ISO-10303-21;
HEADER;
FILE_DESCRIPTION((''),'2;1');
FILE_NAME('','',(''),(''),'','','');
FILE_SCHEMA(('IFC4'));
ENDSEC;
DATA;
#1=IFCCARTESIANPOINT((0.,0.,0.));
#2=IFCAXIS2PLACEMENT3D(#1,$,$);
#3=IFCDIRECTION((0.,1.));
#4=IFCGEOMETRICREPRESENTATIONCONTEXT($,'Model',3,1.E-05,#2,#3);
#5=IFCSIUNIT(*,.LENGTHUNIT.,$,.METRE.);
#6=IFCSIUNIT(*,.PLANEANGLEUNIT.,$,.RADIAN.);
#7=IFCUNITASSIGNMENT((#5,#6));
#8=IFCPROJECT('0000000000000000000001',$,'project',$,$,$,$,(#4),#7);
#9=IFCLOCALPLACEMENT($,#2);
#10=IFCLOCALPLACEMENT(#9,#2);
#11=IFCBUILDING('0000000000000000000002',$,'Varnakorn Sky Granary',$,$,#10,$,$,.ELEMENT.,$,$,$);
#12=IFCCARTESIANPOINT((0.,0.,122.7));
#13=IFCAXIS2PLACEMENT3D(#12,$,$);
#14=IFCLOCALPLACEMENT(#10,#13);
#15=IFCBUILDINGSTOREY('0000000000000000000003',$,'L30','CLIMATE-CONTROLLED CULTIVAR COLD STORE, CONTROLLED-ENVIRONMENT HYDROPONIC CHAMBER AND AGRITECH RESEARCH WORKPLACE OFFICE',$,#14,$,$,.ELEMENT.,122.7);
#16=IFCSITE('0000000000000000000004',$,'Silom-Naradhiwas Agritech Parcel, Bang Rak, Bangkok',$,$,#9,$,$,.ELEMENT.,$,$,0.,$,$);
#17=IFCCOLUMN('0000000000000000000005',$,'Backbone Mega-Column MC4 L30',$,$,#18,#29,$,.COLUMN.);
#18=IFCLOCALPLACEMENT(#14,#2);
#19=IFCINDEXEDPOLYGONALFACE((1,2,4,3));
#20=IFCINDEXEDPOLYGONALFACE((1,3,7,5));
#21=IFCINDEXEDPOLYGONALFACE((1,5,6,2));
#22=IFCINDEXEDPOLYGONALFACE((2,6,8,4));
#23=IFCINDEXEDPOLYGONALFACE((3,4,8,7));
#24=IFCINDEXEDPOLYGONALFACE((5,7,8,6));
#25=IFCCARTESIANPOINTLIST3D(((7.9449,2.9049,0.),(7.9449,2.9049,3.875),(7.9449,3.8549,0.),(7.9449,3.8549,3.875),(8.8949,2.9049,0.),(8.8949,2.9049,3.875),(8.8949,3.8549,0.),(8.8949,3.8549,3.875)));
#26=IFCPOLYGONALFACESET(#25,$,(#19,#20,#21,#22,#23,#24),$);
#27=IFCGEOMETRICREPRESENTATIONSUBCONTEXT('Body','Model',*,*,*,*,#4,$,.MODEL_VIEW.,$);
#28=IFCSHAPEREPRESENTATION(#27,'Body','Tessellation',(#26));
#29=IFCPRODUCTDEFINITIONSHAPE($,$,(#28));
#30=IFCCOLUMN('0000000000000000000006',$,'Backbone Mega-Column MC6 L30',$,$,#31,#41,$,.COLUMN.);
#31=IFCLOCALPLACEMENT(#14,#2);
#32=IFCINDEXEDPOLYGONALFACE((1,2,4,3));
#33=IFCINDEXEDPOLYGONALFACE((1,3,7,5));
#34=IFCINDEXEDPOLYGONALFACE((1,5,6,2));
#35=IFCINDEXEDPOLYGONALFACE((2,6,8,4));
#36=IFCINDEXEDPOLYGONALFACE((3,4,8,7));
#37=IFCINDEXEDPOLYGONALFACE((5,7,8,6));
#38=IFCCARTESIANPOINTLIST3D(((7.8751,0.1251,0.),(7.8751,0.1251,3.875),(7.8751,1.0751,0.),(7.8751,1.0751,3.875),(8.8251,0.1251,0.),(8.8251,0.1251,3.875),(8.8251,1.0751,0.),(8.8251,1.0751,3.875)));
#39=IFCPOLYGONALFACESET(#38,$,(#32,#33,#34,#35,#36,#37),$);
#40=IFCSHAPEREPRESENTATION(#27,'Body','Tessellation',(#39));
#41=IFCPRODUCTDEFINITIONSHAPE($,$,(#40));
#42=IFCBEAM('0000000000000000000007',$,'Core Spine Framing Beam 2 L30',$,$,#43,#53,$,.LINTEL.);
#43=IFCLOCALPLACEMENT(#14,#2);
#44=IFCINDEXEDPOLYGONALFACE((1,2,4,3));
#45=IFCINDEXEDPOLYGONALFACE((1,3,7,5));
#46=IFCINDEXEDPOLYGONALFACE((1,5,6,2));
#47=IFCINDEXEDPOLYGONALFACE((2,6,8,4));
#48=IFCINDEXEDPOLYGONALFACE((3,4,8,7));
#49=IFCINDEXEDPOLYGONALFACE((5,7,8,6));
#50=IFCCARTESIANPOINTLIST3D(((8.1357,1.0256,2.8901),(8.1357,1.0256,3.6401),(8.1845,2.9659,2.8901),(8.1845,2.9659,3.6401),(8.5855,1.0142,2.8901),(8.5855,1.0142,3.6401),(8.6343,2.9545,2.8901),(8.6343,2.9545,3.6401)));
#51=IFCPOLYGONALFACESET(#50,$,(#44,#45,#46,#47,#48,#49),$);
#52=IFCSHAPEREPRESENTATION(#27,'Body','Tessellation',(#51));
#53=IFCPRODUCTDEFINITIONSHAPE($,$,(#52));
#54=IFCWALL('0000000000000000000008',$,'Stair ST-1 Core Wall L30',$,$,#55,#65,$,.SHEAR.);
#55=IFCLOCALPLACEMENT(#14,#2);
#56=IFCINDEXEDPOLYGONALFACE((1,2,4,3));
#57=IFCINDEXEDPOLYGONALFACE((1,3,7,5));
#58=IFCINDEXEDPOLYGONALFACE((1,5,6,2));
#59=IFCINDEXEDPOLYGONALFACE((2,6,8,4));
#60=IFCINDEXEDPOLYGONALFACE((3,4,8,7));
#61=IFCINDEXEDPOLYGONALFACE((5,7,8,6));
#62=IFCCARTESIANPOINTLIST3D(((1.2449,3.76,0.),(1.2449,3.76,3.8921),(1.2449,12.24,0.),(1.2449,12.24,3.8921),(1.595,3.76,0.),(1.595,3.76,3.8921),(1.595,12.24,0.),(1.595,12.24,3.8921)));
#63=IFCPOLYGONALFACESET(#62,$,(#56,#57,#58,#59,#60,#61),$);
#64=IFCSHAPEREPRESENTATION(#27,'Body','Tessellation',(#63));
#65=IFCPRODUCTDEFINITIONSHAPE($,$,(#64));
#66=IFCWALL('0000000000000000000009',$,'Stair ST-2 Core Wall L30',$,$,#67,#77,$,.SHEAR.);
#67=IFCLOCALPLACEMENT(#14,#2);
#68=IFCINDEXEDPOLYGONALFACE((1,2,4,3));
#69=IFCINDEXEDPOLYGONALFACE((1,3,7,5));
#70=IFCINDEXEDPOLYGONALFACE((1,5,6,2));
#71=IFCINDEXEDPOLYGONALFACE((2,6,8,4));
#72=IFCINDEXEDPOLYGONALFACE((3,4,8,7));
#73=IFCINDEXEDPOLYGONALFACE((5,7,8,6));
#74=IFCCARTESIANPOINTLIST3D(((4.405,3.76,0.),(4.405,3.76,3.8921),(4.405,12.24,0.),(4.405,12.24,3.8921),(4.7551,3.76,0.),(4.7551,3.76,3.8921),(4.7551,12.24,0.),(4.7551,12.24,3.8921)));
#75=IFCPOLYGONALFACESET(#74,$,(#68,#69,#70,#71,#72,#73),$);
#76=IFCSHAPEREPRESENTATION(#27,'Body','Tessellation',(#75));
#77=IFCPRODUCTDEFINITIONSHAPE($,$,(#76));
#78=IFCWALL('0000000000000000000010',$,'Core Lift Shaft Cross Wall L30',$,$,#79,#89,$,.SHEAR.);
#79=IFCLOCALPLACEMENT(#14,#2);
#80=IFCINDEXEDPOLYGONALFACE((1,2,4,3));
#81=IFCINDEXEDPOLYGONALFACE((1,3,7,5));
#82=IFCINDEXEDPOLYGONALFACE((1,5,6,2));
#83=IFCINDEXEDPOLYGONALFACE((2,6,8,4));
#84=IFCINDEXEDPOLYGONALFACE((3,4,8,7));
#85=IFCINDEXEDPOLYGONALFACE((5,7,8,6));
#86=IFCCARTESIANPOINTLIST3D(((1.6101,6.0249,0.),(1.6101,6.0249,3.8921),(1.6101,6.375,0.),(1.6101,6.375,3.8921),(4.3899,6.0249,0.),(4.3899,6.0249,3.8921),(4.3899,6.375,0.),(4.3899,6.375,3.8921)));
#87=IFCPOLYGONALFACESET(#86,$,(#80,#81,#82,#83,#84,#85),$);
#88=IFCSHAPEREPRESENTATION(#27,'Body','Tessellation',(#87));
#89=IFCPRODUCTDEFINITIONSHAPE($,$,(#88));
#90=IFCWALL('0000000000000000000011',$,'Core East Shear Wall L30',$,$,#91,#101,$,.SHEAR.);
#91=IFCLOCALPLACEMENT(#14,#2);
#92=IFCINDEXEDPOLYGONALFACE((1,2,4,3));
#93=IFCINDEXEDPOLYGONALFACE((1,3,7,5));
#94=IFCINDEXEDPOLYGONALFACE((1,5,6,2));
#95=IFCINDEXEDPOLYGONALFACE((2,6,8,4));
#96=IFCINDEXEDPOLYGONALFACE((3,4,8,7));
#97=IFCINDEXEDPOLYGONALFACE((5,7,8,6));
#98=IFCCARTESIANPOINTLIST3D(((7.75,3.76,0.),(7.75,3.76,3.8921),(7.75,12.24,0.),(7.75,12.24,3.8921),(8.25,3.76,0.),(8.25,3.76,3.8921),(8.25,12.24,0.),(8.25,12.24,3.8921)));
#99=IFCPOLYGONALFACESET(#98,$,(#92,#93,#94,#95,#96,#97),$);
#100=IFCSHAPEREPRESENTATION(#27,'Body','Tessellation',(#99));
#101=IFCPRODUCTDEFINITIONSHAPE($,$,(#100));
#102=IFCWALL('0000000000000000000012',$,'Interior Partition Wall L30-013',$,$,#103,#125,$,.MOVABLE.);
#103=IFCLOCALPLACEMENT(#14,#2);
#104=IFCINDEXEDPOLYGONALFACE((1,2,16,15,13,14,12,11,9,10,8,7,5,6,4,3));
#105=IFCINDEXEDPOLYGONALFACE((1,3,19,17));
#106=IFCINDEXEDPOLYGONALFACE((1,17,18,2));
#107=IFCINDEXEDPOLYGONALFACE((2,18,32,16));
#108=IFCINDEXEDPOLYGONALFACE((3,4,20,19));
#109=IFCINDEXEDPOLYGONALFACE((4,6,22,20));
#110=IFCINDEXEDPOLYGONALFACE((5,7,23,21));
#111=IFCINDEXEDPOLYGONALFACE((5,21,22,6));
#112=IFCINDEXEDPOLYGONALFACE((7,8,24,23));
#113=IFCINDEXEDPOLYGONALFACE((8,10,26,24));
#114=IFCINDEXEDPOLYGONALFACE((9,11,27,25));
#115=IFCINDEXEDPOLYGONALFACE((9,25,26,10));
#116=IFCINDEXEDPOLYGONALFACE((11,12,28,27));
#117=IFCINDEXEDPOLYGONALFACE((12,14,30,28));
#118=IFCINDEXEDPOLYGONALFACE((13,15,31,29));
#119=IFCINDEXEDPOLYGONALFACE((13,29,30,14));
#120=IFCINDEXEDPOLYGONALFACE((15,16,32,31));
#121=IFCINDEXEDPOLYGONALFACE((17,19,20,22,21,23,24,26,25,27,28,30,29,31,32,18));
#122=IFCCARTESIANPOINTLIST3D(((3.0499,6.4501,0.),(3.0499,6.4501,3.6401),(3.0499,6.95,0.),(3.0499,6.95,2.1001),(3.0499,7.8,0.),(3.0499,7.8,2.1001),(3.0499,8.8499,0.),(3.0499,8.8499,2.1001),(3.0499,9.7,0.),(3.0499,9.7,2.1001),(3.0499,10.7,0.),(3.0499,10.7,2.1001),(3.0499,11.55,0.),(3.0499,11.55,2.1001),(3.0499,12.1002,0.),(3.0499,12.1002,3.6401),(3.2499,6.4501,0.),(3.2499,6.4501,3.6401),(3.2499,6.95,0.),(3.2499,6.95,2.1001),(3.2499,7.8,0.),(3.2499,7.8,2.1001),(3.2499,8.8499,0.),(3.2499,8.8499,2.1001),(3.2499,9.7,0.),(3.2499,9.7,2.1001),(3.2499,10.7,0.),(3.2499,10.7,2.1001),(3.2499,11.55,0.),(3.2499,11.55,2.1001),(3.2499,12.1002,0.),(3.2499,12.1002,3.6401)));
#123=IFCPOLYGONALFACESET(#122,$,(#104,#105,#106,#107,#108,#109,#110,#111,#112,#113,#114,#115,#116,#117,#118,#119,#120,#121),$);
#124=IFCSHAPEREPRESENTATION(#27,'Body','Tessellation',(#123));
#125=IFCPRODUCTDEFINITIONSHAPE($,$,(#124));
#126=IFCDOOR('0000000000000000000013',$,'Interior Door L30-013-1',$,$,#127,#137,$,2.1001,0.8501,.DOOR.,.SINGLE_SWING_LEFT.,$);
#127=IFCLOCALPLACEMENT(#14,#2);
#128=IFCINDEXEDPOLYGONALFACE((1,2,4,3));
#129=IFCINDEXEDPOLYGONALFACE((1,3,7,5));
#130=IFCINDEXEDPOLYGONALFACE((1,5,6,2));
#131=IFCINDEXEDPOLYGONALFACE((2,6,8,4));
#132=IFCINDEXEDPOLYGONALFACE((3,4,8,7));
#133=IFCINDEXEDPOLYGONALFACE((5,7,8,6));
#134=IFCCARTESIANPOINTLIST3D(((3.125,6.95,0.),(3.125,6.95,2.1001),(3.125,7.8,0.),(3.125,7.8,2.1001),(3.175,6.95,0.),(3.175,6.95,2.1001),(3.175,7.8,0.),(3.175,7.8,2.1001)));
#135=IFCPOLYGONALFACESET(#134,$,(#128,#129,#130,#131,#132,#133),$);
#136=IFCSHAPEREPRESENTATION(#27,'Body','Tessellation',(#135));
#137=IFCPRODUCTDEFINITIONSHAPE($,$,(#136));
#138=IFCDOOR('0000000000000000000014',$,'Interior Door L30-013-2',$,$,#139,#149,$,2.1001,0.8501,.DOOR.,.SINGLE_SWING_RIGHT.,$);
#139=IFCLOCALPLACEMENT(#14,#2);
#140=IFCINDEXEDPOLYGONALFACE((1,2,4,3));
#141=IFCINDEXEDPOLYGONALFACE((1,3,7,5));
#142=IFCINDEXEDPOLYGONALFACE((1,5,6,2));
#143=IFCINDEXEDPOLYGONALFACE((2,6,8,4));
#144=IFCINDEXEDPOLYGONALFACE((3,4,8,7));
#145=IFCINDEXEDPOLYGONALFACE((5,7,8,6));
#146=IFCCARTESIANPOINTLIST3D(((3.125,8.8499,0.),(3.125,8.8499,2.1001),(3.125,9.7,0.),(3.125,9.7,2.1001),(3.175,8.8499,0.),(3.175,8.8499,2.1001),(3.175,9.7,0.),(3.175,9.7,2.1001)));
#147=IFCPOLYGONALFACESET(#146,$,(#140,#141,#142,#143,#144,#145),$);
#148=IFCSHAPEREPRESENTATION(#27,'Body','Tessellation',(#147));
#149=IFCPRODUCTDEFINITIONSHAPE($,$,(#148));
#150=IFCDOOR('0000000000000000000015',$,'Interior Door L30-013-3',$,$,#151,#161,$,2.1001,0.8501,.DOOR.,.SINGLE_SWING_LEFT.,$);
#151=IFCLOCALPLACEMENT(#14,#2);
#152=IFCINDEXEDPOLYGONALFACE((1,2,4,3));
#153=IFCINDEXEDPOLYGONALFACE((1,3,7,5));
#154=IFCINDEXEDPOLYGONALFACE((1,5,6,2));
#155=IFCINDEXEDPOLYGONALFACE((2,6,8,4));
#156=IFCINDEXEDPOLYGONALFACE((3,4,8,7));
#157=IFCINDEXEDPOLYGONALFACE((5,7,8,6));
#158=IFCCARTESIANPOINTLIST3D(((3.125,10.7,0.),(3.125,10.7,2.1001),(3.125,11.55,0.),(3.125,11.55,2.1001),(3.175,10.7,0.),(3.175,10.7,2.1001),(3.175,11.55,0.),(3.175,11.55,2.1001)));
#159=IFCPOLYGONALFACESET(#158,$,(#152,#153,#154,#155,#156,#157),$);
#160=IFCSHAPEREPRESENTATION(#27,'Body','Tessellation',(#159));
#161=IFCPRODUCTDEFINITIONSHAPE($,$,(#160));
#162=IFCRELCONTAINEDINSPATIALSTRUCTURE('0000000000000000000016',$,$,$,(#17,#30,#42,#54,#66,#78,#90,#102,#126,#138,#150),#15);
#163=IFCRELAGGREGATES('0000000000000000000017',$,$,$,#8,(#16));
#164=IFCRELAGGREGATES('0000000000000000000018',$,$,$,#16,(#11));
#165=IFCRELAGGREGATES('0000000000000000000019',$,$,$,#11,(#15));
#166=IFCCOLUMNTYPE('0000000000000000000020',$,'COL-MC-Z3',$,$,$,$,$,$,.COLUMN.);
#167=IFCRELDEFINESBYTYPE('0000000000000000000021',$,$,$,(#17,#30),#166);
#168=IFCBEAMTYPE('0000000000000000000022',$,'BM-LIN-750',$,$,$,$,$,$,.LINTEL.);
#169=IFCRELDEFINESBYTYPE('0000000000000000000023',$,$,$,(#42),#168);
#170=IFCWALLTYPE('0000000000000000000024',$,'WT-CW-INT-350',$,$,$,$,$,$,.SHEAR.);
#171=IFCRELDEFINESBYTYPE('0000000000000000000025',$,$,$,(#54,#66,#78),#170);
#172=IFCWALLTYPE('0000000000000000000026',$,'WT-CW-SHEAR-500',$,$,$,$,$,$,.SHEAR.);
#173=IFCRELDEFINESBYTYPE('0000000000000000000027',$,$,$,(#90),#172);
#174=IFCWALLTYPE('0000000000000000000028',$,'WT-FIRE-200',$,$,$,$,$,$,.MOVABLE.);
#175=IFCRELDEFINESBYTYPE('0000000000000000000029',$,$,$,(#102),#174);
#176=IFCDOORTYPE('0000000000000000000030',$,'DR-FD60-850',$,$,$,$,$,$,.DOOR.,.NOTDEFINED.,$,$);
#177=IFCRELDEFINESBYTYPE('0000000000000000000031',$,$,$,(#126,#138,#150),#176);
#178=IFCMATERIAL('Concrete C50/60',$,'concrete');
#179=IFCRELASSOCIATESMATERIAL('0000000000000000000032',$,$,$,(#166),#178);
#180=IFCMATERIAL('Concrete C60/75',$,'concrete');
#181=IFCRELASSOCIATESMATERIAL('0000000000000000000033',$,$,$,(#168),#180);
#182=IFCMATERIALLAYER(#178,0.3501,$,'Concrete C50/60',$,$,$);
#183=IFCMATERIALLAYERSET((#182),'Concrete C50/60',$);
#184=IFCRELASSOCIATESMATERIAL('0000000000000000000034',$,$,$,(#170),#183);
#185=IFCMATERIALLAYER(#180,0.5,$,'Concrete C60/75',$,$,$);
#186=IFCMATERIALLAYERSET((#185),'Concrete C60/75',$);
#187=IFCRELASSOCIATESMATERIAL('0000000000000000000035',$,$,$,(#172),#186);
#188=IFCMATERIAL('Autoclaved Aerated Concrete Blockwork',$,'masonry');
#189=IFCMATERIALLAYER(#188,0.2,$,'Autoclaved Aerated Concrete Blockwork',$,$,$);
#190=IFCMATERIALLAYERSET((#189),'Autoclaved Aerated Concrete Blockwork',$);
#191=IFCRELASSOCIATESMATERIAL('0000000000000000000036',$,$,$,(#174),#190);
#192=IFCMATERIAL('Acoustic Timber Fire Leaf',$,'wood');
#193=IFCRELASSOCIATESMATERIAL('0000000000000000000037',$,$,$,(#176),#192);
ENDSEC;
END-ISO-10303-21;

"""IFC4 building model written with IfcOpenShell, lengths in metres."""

from ifc_helpers import new_model, si_unit, direction, frame, frame_2d, origin, origin_2d, place, context, subcontext, project, spatial, rectangle, extrude, material, layer, layer_set, material_profile, profile_set, type_object, element, fill, save


model = new_model("IFC4")

# Units and contexts
model_context = context("Model", 3, precision=1e-05, world=origin(), true_north=direction((0.0, 1.0)))
body_context = subcontext(model_context, "Body", "Model", "MODEL_VIEW")
ifc_project = project(units=[si_unit("LENGTHUNIT", "METRE"), si_unit("PLANEANGLEUNIT", "RADIAN")], contexts=[model_context])

# Site, building, storey
site_placement = place(None, origin())
site = spatial("IfcSite", under=ifc_project, at=site_placement, Name="Silom-Naradhiwas Agritech Parcel, Bang Rak, Bangkok", CompositionType="ELEMENT", RefElevation=0.0)
building_placement = place(site_placement, origin())
building = spatial("IfcBuilding", under=site, at=building_placement, Name="Varnakorn Sky Granary", CompositionType="ELEMENT")
storey_placement = place(building_placement, frame((0.0, 0.0, 122.7)))
storey = spatial("IfcBuildingStorey", under=building, at=storey_placement, Name="L30", Description="CLIMATE-CONTROLLED CULTIVAR COLD STORE, CONTROLLED-ENVIRONMENT HYDROPONIC CHAMBER AND AGRITECH RESEARCH WORKPLACE OFFICE", CompositionType="ELEMENT", Elevation=122.7)

# Columns
ifc_material_1 = material(Name="Concrete C50/60", Category="concrete")
ifc_material_profile_1 = material_profile(ifc_material_1, rectangle(XDim=0.95, YDim=0.95, at=origin_2d()), Name="RC 950x950")
ifc_profile_set_1 = profile_set([ifc_material_profile_1], Name="Concrete C50/60")
column_type = type_object("IfcColumnType", Name="COL-MC-Z3", PredefinedType="COLUMN", material=ifc_profile_set_1)
for number, where, z_axis, x_axis, name in (
    (1, (8.4199, 3.3799, 0.0), (0.0, 0.0, 1.0), (1.0, 0.0, 0.0), "Backbone Mega-Column MC4 L30"),
    (2, (8.3501, 0.6001, 0.0), (0.0, 0.0, 1.0), (1.0, 0.0, 0.0), "Backbone Mega-Column MC6 L30"),
):
    element("IfcColumn", number, at=place(storey_placement, frame(where, z_axis=z_axis, x_axis=x_axis)), inside=storey, type_object=column_type, Name=name, PredefinedType="COLUMN", context=body_context, shape_type="SweptSolid", body=[
        extrude(rectangle(XDim=0.95, YDim=0.95, at=origin_2d()), origin(), (0.0, 0.0, 1.0), 3.875),
    ])

# Beam
ifc_material_2 = material(Name="Concrete C60/75", Category="concrete")
ifc_material_profile_2 = material_profile(ifc_material_2, rectangle(XDim=0.45, YDim=0.75, at=origin_2d()), Name="RC 450x750")
ifc_profile_set_2 = profile_set([ifc_material_profile_2], Name="Concrete C60/75")
beam_type = type_object("IfcBeamType", Name="BM-LIN-750", PredefinedType="LINTEL", material=ifc_profile_set_2)
beam_placement = place(storey_placement, frame((8.4094, 2.9602, 3.2651), z_axis=(-0.025159, -0.999683, 0.0), x_axis=(0.999683, -0.025159, 0.0)))
element("IfcBeam", 3, at=beam_placement, inside=storey, type_object=beam_type, Name="Core Spine Framing Beam 2 L30", PredefinedType="LINTEL", context=body_context, shape_type="SweptSolid", body=[
    extrude(rectangle(XDim=0.45, YDim=0.75, at=origin_2d()), origin(), (0.0, 0.0, 1.0), 1.9409),
])

# Walls
ifc_layer_1 = layer(ifc_material_1, 0.3501, Name="Concrete C50/60")
ifc_layer_set_1 = layer_set([ifc_layer_1], Name="Concrete C50/60")
wall_type_1 = type_object("IfcWallType", Name="WT-CW-INT-350", PredefinedType="SHEAR", material=ifc_layer_set_1)
for number, where, z_axis, x_axis, name in (
    (4, (1.4199, 3.76, 0.0), (0.0, 0.0, 1.0), (0.0, 1.0, 0.0), "Stair ST-1 Core Wall L30"),
    (5, (4.5801, 3.76, 0.0), (0.0, 0.0, 1.0), (0.0, 1.0, 0.0), "Stair ST-2 Core Wall L30"),
):
    element("IfcWall", number, at=place(storey_placement, frame(where, z_axis=z_axis, x_axis=x_axis)), inside=storey, type_object=wall_type_1, Name=name, PredefinedType="SHEAR", context=body_context, shape_type="SweptSolid", body=[
        extrude(rectangle(XDim=8.48, YDim=0.3501, at=frame_2d((4.24, 0.0))), origin(), (0.0, 0.0, 1.0), 3.8921),
    ])
wall_1_placement = place(storey_placement, frame((1.6101, 6.2, 0.0), z_axis=(0.0, 0.0, 1.0), x_axis=(1.0, 0.0, 0.0)))
element("IfcWall", 6, at=wall_1_placement, inside=storey, type_object=wall_type_1, Name="Core Lift Shaft Cross Wall L30", PredefinedType="SHEAR", context=body_context, shape_type="SweptSolid", body=[
    extrude(rectangle(XDim=2.7798, YDim=0.3501, at=frame_2d((1.3899, 0.0))), origin(), (0.0, 0.0, 1.0), 3.8921),
])
ifc_layer_2 = layer(ifc_material_2, 0.5, Name="Concrete C60/75")
ifc_layer_set_2 = layer_set([ifc_layer_2], Name="Concrete C60/75")
wall_type_2 = type_object("IfcWallType", Name="WT-CW-SHEAR-500", PredefinedType="SHEAR", material=ifc_layer_set_2)
wall_2_placement = place(storey_placement, frame((8.0, 3.76, 0.0), z_axis=(0.0, 0.0, 1.0), x_axis=(0.0, 1.0, 0.0)))
element("IfcWall", 7, at=wall_2_placement, inside=storey, type_object=wall_type_2, Name="Core East Shear Wall L30", PredefinedType="SHEAR", context=body_context, shape_type="SweptSolid", body=[
    extrude(rectangle(XDim=8.48, YDim=0.5, at=frame_2d((4.24, 0.0))), origin(), (0.0, 0.0, 1.0), 3.8921),
])

# Wall, openings, doors
ifc_material_3 = material(Name="Autoclaved Aerated Concrete Blockwork", Category="masonry")
ifc_layer_3 = layer(ifc_material_3, 0.2, Name="Autoclaved Aerated Concrete Blockwork")
ifc_layer_set_3 = layer_set([ifc_layer_3], Name="Autoclaved Aerated Concrete Blockwork")
wall_type_3 = type_object("IfcWallType", Name="WT-FIRE-200", PredefinedType="MOVABLE", material=ifc_layer_set_3)
wall_3_placement = place(storey_placement, frame((3.1499, 6.45, 0.0), z_axis=(0.0, 0.0, 1.0), x_axis=(0.0, 1.0, 0.0)))
wall_3 = element("IfcWall", 8, at=wall_3_placement, inside=storey, type_object=wall_type_3, Name="Interior Partition Wall L30-013", PredefinedType="MOVABLE", context=body_context, shape_type="SweptSolid", body=[
    extrude(rectangle(XDim=5.6501, YDim=0.2, at=frame_2d((2.8252, 0.0))), origin(), (0.0, 0.0, 1.0), 3.6401),
])
opening_1_placement = place(wall_3_placement, frame((0.5, 0.0, 0.0)))
opening_1 = element("IfcOpeningElement", 9, at=opening_1_placement, cuts=wall_3, PredefinedType="OPENING", context=body_context, shape_type="SweptSolid", body=[
    extrude(rectangle(XDim=0.8501, YDim=2.1001, at=frame_2d((0.425, 1.05))), frame((0.0, 0.1099, 0.0), z_axis=(0.0, -1.0, 0.0), x_axis=(1.0, 0.0, 0.0)), (0.0, 0.0, 1.0), 0.22),
])
opening_2_placement = place(wall_3_placement, frame((2.3999, 0.0, 0.0)))
opening_2 = element("IfcOpeningElement", 10, at=opening_2_placement, cuts=wall_3, PredefinedType="OPENING", context=body_context, shape_type="SweptSolid", body=[
    extrude(rectangle(XDim=0.8501, YDim=2.1001, at=frame_2d((0.425, 1.05))), frame((0.0, 0.1099, 0.0), z_axis=(0.0, -1.0, 0.0), x_axis=(1.0, 0.0, 0.0)), (0.0, 0.0, 1.0), 0.22),
])
opening_3_placement = place(wall_3_placement, frame((4.25, 0.0, 0.0)))
opening_3 = element("IfcOpeningElement", 11, at=opening_3_placement, cuts=wall_3, PredefinedType="OPENING", context=body_context, shape_type="SweptSolid", body=[
    extrude(rectangle(XDim=0.8501, YDim=2.1001, at=frame_2d((0.425, 1.05))), frame((0.0, 0.1099, 0.0), z_axis=(0.0, -1.0, 0.0), x_axis=(1.0, 0.0, 0.0)), (0.0, 0.0, 1.0), 0.22),
])
ifc_material_4 = material(Name="Acoustic Timber Fire Leaf", Category="wood")
door_type_1 = type_object("IfcDoorType", Name="DR-FD60-850", OperationType="NOTDEFINED", PredefinedType="DOOR", material=ifc_material_4)
door_1_placement = place(opening_1_placement, origin())
door_1 = element("IfcDoor", 12, at=door_1_placement, inside=storey, type_object=door_type_1, Name="Interior Door L30-013-1", OperationType="SINGLE_SWING_LEFT", OverallHeight=2.1001, OverallWidth=0.8501, PredefinedType="DOOR", context=body_context, shape_type="SweptSolid", body=[
    extrude(rectangle(XDim=0.8501, YDim=2.1001, at=frame_2d((0.425, 1.05))), frame((0.0, 0.0249, 0.0), z_axis=(0.0, -1.0, 0.0), x_axis=(1.0, 0.0, 0.0)), (0.0, 0.0, 1.0), 0.05),
])
fill(opening_1, door_1)
door_2_placement = place(opening_2_placement, origin())
door_2 = element("IfcDoor", 13, at=door_2_placement, inside=storey, type_object=door_type_1, Name="Interior Door L30-013-2", OperationType="SINGLE_SWING_RIGHT", OverallHeight=2.1001, OverallWidth=0.8501, PredefinedType="DOOR", context=body_context, shape_type="SweptSolid", body=[
    extrude(rectangle(XDim=0.8501, YDim=2.1001, at=frame_2d((0.425, 1.05))), frame((0.0, 0.0249, 0.0), z_axis=(0.0, -1.0, 0.0), x_axis=(1.0, 0.0, 0.0)), (0.0, 0.0, 1.0), 0.05),
])
fill(opening_2, door_2)
door_3_placement = place(opening_3_placement, origin())
door_3 = element("IfcDoor", 14, at=door_3_placement, inside=storey, type_object=door_type_1, Name="Interior Door L30-013-3", OperationType="SINGLE_SWING_LEFT", OverallHeight=2.1001, OverallWidth=0.8501, PredefinedType="DOOR", context=body_context, shape_type="SweptSolid", body=[
    extrude(rectangle(XDim=0.8501, YDim=2.1001, at=frame_2d((0.425, 1.05))), frame((0.0, 0.0249, 0.0), z_axis=(0.0, -1.0, 0.0), x_axis=(1.0, 0.0, 0.0)), (0.0, 0.0, 1.0), 0.05),
])
fill(opening_3, door_3)

save(model, "model.ifc")
